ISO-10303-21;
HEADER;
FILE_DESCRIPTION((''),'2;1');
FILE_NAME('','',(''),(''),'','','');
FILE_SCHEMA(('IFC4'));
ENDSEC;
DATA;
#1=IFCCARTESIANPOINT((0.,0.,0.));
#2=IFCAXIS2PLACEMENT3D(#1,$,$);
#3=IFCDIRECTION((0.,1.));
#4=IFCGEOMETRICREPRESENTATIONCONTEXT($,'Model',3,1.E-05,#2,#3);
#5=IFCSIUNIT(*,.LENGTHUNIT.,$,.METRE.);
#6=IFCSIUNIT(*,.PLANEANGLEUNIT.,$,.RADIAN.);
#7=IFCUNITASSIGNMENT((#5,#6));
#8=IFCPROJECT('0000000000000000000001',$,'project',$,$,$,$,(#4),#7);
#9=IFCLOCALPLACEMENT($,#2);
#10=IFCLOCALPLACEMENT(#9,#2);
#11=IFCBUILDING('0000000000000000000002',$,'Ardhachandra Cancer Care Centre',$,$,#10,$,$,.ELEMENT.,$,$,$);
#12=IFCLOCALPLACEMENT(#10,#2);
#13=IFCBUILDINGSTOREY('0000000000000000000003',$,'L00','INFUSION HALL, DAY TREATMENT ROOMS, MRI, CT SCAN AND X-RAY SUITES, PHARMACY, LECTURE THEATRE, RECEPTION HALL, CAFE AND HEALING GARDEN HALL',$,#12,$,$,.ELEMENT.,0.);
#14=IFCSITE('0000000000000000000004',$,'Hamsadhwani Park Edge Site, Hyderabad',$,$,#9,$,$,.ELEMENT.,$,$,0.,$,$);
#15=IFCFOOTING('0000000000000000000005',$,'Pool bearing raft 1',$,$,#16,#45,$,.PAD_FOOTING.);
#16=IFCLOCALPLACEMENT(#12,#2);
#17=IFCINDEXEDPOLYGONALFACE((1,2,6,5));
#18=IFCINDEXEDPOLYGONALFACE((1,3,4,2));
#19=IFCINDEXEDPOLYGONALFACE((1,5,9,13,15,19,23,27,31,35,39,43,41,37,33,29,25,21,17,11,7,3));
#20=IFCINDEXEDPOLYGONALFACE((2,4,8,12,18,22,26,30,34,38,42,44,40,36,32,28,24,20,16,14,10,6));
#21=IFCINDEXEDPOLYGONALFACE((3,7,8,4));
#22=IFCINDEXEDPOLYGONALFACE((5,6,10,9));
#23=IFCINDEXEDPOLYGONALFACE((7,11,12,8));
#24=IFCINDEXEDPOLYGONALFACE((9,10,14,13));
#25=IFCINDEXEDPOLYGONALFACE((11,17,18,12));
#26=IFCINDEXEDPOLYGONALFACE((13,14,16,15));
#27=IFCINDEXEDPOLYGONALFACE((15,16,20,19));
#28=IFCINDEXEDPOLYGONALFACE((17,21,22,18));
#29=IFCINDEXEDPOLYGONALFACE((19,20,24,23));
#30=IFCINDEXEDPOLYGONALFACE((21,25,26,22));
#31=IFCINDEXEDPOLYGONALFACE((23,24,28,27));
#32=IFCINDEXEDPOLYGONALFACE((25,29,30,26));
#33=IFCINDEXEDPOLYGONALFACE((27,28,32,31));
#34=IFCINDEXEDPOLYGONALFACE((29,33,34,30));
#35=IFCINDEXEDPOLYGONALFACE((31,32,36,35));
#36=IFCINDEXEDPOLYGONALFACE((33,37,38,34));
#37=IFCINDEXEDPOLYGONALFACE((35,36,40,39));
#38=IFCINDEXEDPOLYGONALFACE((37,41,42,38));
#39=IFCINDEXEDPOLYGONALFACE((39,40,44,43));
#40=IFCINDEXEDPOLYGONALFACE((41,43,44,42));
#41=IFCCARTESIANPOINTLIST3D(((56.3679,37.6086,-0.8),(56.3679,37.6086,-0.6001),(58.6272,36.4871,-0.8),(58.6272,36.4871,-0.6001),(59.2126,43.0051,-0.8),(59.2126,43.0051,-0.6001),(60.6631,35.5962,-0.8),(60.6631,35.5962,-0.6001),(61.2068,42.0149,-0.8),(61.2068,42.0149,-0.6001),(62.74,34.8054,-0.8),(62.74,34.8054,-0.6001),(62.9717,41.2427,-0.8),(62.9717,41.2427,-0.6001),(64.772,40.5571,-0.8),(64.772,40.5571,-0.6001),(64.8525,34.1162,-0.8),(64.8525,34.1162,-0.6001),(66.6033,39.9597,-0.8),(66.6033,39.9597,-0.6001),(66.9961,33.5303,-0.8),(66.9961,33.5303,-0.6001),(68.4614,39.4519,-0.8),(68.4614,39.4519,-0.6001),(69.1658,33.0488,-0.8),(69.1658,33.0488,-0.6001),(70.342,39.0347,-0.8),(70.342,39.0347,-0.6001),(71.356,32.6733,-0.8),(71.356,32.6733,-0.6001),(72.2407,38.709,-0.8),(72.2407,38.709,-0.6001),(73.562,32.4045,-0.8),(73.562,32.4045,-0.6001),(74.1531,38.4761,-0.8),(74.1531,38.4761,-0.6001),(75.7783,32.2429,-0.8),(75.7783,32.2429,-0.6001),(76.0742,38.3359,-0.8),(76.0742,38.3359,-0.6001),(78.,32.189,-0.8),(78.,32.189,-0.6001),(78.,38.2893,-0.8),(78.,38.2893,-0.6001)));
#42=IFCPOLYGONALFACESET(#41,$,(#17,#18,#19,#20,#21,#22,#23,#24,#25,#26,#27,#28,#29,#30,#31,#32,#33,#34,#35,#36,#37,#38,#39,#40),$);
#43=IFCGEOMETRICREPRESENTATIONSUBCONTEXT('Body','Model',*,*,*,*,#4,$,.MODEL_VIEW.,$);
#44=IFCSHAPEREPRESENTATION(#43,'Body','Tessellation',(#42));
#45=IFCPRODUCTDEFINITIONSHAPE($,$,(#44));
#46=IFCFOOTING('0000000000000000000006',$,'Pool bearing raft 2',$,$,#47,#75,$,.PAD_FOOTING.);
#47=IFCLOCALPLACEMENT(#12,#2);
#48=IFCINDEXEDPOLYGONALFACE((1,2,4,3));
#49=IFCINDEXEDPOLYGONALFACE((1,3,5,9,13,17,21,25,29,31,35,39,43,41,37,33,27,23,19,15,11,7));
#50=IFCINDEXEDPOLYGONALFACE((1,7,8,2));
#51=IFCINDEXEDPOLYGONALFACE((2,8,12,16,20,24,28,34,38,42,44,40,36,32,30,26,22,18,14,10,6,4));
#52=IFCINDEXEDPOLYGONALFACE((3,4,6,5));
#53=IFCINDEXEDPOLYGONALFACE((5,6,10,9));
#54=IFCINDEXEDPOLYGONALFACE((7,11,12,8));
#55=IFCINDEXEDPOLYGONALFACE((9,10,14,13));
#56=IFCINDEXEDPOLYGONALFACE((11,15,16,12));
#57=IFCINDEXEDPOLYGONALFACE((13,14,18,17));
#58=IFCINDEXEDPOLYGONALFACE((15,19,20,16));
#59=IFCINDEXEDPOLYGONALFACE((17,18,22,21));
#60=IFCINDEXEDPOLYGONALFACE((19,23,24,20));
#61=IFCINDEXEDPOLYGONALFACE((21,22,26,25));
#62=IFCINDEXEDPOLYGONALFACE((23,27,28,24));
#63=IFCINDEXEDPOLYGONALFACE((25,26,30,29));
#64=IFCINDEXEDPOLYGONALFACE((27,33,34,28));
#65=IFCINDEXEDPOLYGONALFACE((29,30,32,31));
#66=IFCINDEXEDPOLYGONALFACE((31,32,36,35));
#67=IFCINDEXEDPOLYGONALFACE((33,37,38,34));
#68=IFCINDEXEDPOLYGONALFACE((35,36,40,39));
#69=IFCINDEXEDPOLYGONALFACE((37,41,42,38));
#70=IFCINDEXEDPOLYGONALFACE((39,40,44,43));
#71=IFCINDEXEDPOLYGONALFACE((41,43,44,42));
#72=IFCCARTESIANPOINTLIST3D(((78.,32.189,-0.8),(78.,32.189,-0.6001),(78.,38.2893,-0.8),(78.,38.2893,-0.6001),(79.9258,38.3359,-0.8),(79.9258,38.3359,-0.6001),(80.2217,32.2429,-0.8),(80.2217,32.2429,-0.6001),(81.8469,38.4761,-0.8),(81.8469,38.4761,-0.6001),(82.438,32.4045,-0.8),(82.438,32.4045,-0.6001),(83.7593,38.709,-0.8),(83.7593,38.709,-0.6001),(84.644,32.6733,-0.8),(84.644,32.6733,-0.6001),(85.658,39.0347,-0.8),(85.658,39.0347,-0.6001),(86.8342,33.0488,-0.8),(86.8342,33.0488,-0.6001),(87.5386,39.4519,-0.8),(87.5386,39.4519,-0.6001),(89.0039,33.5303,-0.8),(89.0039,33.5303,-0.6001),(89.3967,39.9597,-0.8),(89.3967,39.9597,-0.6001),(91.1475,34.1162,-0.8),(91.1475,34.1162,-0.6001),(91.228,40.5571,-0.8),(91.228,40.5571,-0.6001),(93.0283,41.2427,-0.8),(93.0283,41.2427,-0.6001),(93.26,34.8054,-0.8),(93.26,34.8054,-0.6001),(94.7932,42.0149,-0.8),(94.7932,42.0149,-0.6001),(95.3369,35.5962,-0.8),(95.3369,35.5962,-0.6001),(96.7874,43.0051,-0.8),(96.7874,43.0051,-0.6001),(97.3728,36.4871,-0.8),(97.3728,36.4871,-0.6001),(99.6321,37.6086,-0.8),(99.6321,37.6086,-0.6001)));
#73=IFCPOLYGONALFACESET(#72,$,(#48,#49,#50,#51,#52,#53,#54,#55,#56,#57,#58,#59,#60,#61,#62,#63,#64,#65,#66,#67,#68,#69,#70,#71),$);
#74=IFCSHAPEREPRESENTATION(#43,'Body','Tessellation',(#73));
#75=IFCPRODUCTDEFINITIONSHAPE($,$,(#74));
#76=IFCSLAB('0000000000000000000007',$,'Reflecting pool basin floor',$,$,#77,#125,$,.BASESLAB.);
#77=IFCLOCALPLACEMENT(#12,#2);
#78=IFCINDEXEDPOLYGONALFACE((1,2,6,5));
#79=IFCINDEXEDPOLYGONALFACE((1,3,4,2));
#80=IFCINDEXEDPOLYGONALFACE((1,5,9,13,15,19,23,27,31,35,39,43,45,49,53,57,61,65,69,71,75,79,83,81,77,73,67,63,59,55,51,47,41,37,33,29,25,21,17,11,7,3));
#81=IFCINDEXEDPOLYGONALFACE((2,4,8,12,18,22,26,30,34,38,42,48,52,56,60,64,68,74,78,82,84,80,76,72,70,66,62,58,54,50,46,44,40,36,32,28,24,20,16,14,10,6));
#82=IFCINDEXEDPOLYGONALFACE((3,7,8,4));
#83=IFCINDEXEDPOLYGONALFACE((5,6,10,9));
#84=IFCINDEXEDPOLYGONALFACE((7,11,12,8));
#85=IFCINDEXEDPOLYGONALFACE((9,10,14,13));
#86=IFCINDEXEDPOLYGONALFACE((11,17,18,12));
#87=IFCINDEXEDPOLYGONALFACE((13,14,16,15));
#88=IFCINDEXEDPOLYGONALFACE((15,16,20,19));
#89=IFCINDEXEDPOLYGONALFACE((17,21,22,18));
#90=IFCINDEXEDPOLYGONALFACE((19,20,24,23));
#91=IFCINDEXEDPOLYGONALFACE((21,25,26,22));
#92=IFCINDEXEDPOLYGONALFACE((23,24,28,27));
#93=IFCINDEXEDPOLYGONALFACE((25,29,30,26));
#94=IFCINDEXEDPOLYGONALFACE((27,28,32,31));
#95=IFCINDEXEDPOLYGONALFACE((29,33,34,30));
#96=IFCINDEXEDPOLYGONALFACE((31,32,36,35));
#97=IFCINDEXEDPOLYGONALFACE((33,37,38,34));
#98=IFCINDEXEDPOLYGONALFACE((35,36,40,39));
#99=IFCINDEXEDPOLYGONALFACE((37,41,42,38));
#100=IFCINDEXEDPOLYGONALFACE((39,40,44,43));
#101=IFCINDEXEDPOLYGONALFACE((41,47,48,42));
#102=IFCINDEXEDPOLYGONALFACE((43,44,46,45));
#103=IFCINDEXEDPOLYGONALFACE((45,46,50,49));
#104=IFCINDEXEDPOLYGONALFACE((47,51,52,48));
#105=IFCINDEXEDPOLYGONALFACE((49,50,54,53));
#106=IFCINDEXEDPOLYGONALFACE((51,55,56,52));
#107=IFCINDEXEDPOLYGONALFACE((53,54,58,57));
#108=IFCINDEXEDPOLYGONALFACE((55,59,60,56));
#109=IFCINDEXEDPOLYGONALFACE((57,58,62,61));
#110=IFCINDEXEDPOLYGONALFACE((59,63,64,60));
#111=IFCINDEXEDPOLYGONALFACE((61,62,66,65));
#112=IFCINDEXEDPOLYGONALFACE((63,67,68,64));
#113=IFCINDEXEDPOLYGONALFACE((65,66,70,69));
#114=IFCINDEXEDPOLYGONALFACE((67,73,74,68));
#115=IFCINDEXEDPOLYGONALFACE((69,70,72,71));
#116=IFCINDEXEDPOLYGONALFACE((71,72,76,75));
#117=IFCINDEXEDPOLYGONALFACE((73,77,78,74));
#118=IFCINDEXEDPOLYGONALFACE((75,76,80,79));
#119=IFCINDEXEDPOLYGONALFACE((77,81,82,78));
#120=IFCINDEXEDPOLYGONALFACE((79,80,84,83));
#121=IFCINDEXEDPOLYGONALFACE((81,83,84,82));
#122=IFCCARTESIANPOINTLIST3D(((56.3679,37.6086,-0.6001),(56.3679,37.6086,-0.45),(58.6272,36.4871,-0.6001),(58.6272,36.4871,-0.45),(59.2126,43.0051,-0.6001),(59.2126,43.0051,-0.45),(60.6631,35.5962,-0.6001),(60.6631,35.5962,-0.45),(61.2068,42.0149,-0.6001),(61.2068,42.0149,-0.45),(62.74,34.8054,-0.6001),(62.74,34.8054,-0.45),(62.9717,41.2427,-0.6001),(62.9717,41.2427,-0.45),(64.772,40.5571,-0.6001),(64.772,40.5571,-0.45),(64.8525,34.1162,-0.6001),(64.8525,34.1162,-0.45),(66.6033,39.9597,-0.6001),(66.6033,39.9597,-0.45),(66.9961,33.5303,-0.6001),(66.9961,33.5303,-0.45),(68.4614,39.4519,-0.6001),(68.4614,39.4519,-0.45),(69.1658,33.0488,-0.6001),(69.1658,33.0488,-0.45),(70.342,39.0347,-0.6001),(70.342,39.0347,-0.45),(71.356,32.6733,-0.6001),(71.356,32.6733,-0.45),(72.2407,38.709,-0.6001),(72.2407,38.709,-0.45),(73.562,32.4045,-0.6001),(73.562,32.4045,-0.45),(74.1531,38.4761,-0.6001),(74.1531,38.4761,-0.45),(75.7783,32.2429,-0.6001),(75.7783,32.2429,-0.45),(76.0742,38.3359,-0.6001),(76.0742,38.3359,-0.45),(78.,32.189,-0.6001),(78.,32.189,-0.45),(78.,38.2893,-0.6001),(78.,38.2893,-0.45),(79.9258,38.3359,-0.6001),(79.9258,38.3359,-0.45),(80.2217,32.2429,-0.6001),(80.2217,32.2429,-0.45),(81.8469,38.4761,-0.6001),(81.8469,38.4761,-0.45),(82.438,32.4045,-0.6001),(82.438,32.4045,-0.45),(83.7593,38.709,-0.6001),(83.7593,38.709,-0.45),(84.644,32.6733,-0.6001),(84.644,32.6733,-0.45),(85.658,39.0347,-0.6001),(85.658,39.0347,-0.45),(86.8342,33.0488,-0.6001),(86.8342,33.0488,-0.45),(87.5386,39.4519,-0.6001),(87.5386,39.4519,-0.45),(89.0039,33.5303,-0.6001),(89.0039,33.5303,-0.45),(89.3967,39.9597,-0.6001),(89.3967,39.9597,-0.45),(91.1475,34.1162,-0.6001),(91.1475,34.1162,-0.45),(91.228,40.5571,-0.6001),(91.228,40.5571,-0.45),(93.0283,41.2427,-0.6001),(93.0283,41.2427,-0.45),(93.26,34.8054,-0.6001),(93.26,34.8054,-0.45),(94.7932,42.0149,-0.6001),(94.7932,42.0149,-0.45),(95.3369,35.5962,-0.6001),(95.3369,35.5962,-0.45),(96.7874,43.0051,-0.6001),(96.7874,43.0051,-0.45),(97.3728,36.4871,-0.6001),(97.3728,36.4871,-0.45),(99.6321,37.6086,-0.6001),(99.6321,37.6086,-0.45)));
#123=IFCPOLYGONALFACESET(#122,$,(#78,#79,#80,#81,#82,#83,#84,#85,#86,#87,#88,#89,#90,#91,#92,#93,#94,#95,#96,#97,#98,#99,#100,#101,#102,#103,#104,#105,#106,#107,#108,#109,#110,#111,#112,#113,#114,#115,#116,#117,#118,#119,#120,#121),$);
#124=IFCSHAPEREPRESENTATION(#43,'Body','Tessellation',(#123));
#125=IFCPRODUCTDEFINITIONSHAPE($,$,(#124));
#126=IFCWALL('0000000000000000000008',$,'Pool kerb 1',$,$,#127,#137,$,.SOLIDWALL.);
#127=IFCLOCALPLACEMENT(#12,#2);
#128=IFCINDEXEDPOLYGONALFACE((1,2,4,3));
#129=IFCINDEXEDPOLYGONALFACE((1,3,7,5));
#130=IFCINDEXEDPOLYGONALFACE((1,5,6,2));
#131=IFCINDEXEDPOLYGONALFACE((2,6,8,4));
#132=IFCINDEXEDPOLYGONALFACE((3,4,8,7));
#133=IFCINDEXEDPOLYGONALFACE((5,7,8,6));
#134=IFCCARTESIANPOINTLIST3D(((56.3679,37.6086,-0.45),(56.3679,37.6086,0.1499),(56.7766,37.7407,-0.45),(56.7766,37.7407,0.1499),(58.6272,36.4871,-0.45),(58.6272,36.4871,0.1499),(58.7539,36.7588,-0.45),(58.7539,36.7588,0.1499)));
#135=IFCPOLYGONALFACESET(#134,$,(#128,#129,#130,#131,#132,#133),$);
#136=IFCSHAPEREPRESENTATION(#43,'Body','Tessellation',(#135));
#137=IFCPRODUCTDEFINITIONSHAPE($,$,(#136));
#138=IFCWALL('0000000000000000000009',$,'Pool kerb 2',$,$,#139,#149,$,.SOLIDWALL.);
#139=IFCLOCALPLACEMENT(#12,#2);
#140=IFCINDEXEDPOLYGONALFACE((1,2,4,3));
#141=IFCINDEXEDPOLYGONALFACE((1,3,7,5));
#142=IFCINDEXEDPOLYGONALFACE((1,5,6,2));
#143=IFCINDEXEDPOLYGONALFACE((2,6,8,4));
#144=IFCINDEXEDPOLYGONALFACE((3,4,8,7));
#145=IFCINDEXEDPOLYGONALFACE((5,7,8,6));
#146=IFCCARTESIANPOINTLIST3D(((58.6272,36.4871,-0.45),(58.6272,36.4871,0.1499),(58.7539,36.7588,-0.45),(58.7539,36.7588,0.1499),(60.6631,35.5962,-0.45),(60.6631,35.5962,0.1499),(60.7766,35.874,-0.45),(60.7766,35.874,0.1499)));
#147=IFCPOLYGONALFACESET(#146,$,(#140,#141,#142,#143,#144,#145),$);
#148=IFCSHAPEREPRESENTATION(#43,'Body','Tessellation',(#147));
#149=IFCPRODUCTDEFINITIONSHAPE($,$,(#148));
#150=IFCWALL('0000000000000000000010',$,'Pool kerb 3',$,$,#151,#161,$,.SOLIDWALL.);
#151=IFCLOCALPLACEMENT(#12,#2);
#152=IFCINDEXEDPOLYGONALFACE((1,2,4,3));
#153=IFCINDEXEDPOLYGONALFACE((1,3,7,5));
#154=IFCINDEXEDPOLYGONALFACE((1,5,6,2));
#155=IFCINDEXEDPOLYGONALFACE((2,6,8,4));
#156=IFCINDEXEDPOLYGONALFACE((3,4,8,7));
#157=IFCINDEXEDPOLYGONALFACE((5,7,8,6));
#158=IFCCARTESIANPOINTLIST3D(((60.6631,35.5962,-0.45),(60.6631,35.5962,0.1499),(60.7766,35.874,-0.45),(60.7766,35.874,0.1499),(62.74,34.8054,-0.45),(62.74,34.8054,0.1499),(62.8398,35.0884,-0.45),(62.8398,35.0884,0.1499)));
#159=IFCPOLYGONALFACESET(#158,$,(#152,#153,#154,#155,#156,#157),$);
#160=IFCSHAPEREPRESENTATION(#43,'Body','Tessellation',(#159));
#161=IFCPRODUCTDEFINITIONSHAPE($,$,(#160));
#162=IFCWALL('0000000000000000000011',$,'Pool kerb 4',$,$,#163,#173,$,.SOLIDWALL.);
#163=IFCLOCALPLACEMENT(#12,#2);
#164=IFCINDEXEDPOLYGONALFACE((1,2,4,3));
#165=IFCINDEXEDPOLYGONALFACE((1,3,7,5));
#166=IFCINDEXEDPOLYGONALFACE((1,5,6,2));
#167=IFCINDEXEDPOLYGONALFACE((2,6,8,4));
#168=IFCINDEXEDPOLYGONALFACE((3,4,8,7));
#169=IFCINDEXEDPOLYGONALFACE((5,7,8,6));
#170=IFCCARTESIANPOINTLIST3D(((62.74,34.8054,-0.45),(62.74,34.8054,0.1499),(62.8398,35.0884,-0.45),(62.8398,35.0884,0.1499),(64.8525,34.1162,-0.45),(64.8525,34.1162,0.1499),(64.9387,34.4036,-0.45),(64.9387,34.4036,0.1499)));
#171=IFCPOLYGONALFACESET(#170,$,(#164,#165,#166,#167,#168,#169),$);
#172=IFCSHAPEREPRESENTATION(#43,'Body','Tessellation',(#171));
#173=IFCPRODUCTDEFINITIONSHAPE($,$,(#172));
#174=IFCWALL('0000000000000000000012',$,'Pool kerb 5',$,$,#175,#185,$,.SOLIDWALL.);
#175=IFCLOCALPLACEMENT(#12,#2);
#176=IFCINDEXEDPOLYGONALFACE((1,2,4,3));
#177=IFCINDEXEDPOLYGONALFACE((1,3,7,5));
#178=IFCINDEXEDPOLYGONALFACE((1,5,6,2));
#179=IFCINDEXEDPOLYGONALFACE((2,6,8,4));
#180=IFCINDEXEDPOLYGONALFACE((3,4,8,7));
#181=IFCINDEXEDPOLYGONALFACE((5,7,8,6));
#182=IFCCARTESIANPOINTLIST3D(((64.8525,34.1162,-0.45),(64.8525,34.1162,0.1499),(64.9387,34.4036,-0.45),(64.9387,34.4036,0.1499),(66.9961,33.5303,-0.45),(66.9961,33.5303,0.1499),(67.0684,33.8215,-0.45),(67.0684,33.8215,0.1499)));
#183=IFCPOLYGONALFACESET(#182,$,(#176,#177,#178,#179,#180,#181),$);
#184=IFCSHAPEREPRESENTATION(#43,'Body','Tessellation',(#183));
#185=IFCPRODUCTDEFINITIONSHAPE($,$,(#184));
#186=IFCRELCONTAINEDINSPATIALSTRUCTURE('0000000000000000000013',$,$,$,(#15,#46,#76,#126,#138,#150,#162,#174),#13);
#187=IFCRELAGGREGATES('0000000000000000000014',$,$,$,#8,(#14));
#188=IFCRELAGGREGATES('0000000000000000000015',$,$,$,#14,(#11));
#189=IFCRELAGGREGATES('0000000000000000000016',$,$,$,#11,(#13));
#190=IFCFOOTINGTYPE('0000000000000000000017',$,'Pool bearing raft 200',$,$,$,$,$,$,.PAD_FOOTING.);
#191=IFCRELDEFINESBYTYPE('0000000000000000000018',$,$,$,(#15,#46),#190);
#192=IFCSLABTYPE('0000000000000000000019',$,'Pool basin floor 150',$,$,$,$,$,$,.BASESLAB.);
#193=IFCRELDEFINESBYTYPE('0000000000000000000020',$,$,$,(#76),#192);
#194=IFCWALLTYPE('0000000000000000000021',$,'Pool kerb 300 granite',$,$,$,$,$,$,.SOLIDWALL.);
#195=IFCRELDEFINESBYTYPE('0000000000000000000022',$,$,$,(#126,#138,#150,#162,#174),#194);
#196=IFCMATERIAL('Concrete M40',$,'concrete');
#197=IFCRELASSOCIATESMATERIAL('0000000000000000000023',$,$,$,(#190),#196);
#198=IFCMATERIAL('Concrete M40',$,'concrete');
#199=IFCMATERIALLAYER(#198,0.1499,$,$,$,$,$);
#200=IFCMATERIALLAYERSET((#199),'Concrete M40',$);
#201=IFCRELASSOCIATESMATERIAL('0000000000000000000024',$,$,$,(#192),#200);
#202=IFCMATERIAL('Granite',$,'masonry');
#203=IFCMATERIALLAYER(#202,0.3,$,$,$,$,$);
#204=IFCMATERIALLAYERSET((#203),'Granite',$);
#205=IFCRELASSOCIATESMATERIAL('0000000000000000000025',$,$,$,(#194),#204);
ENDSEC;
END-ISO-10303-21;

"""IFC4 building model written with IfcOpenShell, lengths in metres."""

from ifc_helpers import new_model, si_unit, direction, frame, origin, place, context, subcontext, project, spatial, polyline, outline, extrude, material, layer, layer_set, type_object, element, save


model = new_model("IFC4")

# Units and contexts
model_context = context("Model", 3, precision=1e-05, world=origin(), true_north=direction((0.0, 1.0)))
body_context = subcontext(model_context, "Body", "Model", "MODEL_VIEW")
ifc_project = project(units=[si_unit("LENGTHUNIT", "METRE"), si_unit("PLANEANGLEUNIT", "RADIAN")], contexts=[model_context])

# Site, building, storey
site_placement = place(None, origin())
site = spatial("IfcSite", under=ifc_project, at=site_placement, Name="Hamsadhwani Park Edge Site, Hyderabad", CompositionType="ELEMENT", RefElevation=0.0)
building_placement = place(site_placement, origin())
building = spatial("IfcBuilding", under=site, at=building_placement, Name="Ardhachandra Cancer Care Centre", CompositionType="ELEMENT")
storey_placement = place(building_placement, origin())
storey = spatial("IfcBuildingStorey", under=building, at=storey_placement, Name="L00", Description="INFUSION HALL, DAY TREATMENT ROOMS, MRI, CT SCAN AND X-RAY SUITES, PHARMACY, LECTURE THEATRE, RECEPTION HALL, CAFE AND HEALING GARDEN HALL", CompositionType="ELEMENT", Elevation=0.0)

# Footings
ifc_material_1 = material(Name="Concrete M40", Category="concrete")
footing_type = type_object("IfcFootingType", Name="Pool bearing raft 200", PredefinedType="PAD_FOOTING", material=ifc_material_1)
footing_1_placement = place(storey_placement, frame((0.0, 0.0, -0.8)))
element("IfcFooting", 1, at=footing_1_placement, inside=storey, type_object=footing_type, Name="Pool bearing raft 1", PredefinedType="PAD_FOOTING", context=body_context, shape_type="SweptSolid", body=[
    extrude(outline(polyline([(75.7783, 32.2429), (78.0, 32.189), (78.0, 38.2893), (76.0742, 38.3359), (74.1531, 38.4761), (72.2407, 38.709), (70.342, 39.0347), (68.4614, 39.4519), (66.6033, 39.9597), (64.772, 40.5571), (62.9717, 41.2427), (61.2068, 42.0149), (59.2126, 43.0051), (56.3679, 37.6086), (58.6272, 36.4871), (60.6631, 35.5962), (62.74, 34.8054), (64.8525, 34.1162), (66.9961, 33.5303), (69.1658, 33.0488), (71.356, 32.6733), (73.562, 32.4045), (75.7783, 32.2429)])), origin(), (0.0, 0.0, 1.0), 0.2),
])
footing_2_placement = place(storey_placement, frame((0.0, 0.0, -0.8)))
element("IfcFooting", 2, at=footing_2_placement, inside=storey, type_object=footing_type, Name="Pool bearing raft 2", PredefinedType="PAD_FOOTING", context=body_context, shape_type="SweptSolid", body=[
    extrude(outline(polyline([(79.9258, 38.3359), (78.0, 38.2893), (78.0, 32.189), (80.2217, 32.2429), (82.438, 32.4045), (84.644, 32.6733), (86.8342, 33.0488), (89.0039, 33.5303), (91.1475, 34.1162), (93.26, 34.8054), (95.3369, 35.5962), (97.3728, 36.4871), (99.6321, 37.6086), (96.7874, 43.0051), (94.7932, 42.0149), (93.0283, 41.2427), (91.228, 40.5571), (89.3967, 39.9597), (87.5386, 39.4519), (85.658, 39.0347), (83.7593, 38.709), (81.8469, 38.4761), (79.9258, 38.3359)])), origin(), (0.0, 0.0, 1.0), 0.2),
])

# Slab
ifc_material_2 = material(Name="Concrete M40", Category="concrete")
ifc_layer_1 = layer(ifc_material_2, 0.1499)
ifc_layer_set_1 = layer_set([ifc_layer_1], Name="Concrete M40")
slab_type = type_object("IfcSlabType", Name="Pool basin floor 150", PredefinedType="BASESLAB", material=ifc_layer_set_1)
slab_placement = place(storey_placement, frame((0.0, 0.0, -0.6001)))
element("IfcSlab", 3, at=slab_placement, inside=storey, type_object=slab_type, Name="Reflecting pool basin floor", PredefinedType="BASESLAB", context=body_context, shape_type="SweptSolid", body=[
    extrude(outline(polyline([(56.3679, 37.6086), (58.6272, 36.4871), (60.6631, 35.5962), (62.74, 34.8054), (64.8525, 34.1162), (66.9961, 33.5303), (69.1658, 33.0488), (71.356, 32.6733), (73.562, 32.4045), (75.7783, 32.2429), (78.0, 32.189), (80.2217, 32.2429), (82.438, 32.4045), (84.644, 32.6733), (86.8342, 33.0488), (89.0039, 33.5303), (91.1475, 34.1162), (93.26, 34.8054), (95.3369, 35.5962), (97.3728, 36.4871), (99.6321, 37.6086), (96.7874, 43.0051), (94.7932, 42.0149), (93.0283, 41.2427), (91.228, 40.5571), (89.3967, 39.9597), (87.5386, 39.4519), (85.658, 39.0347), (83.7593, 38.709), (81.8469, 38.4761), (79.9258, 38.3359), (78.0, 38.2893), (76.0742, 38.3359), (74.1531, 38.4761), (72.2407, 38.709), (70.342, 39.0347), (68.4614, 39.4519), (66.6033, 39.9597), (64.772, 40.5571), (62.9717, 41.2427), (61.2068, 42.0149), (59.2126, 43.0051), (56.3679, 37.6086)])), origin(), (0.0, 0.0, 1.0), 0.1501),
])

# Walls
ifc_material_3 = material(Name="Granite", Category="masonry")
ifc_layer_2 = layer(ifc_material_3, 0.3)
ifc_layer_set_2 = layer_set([ifc_layer_2], Name="Granite")
wall_type = type_object("IfcWallType", Name="Pool kerb 300 granite", PredefinedType="SOLIDWALL", material=ifc_layer_set_2)
wall_1_placement = place(storey_placement, frame((0.0, 0.0, -0.45)))
element("IfcWall", 4, at=wall_1_placement, inside=storey, type_object=wall_type, Name="Pool kerb 1", PredefinedType="SOLIDWALL", context=body_context, shape_type="SweptSolid", body=[
    extrude(outline(polyline([(56.7766, 37.7407), (58.7539, 36.7588), (58.6272, 36.4871), (56.3679, 37.6086), (56.7766, 37.7407)])), origin(), (0.0, 0.0, 1.0), 0.5999),
])
wall_2_placement = place(storey_placement, frame((0.0, 0.0, -0.45)))
element("IfcWall", 5, at=wall_2_placement, inside=storey, type_object=wall_type, Name="Pool kerb 2", PredefinedType="SOLIDWALL", context=body_context, shape_type="SweptSolid", body=[
    extrude(outline(polyline([(58.7539, 36.7588), (60.7766, 35.874), (60.6631, 35.5962), (58.6272, 36.4871), (58.7539, 36.7588)])), origin(), (0.0, 0.0, 1.0), 0.5999),
])
wall_3_placement = place(storey_placement, frame((0.0, 0.0, -0.45)))
element("IfcWall", 6, at=wall_3_placement, inside=storey, type_object=wall_type, Name="Pool kerb 3", PredefinedType="SOLIDWALL", context=body_context, shape_type="SweptSolid", body=[
    extrude(outline(polyline([(60.7766, 35.874), (62.8398, 35.0884), (62.74, 34.8054), (60.6631, 35.5962), (60.7766, 35.874)])), origin(), (0.0, 0.0, 1.0), 0.5999),
])
wall_4_placement = place(storey_placement, frame((0.0, 0.0, -0.45)))
element("IfcWall", 7, at=wall_4_placement, inside=storey, type_object=wall_type, Name="Pool kerb 4", PredefinedType="SOLIDWALL", context=body_context, shape_type="SweptSolid", body=[
    extrude(outline(polyline([(62.8398, 35.0884), (64.9387, 34.4036), (64.8525, 34.1162), (62.74, 34.8054), (62.8398, 35.0884)])), origin(), (0.0, 0.0, 1.0), 0.5999),
])
wall_5_placement = place(storey_placement, frame((0.0, 0.0, -0.45)))
element("IfcWall", 8, at=wall_5_placement, inside=storey, type_object=wall_type, Name="Pool kerb 5", PredefinedType="SOLIDWALL", context=body_context, shape_type="SweptSolid", body=[
    extrude(outline(polyline([(64.9387, 34.4036), (67.0684, 33.8215), (66.9961, 33.5303), (64.8525, 34.1162), (64.9387, 34.4036)])), origin(), (0.0, 0.0, 1.0), 0.5999),
])

save(model, "model.ifc")
